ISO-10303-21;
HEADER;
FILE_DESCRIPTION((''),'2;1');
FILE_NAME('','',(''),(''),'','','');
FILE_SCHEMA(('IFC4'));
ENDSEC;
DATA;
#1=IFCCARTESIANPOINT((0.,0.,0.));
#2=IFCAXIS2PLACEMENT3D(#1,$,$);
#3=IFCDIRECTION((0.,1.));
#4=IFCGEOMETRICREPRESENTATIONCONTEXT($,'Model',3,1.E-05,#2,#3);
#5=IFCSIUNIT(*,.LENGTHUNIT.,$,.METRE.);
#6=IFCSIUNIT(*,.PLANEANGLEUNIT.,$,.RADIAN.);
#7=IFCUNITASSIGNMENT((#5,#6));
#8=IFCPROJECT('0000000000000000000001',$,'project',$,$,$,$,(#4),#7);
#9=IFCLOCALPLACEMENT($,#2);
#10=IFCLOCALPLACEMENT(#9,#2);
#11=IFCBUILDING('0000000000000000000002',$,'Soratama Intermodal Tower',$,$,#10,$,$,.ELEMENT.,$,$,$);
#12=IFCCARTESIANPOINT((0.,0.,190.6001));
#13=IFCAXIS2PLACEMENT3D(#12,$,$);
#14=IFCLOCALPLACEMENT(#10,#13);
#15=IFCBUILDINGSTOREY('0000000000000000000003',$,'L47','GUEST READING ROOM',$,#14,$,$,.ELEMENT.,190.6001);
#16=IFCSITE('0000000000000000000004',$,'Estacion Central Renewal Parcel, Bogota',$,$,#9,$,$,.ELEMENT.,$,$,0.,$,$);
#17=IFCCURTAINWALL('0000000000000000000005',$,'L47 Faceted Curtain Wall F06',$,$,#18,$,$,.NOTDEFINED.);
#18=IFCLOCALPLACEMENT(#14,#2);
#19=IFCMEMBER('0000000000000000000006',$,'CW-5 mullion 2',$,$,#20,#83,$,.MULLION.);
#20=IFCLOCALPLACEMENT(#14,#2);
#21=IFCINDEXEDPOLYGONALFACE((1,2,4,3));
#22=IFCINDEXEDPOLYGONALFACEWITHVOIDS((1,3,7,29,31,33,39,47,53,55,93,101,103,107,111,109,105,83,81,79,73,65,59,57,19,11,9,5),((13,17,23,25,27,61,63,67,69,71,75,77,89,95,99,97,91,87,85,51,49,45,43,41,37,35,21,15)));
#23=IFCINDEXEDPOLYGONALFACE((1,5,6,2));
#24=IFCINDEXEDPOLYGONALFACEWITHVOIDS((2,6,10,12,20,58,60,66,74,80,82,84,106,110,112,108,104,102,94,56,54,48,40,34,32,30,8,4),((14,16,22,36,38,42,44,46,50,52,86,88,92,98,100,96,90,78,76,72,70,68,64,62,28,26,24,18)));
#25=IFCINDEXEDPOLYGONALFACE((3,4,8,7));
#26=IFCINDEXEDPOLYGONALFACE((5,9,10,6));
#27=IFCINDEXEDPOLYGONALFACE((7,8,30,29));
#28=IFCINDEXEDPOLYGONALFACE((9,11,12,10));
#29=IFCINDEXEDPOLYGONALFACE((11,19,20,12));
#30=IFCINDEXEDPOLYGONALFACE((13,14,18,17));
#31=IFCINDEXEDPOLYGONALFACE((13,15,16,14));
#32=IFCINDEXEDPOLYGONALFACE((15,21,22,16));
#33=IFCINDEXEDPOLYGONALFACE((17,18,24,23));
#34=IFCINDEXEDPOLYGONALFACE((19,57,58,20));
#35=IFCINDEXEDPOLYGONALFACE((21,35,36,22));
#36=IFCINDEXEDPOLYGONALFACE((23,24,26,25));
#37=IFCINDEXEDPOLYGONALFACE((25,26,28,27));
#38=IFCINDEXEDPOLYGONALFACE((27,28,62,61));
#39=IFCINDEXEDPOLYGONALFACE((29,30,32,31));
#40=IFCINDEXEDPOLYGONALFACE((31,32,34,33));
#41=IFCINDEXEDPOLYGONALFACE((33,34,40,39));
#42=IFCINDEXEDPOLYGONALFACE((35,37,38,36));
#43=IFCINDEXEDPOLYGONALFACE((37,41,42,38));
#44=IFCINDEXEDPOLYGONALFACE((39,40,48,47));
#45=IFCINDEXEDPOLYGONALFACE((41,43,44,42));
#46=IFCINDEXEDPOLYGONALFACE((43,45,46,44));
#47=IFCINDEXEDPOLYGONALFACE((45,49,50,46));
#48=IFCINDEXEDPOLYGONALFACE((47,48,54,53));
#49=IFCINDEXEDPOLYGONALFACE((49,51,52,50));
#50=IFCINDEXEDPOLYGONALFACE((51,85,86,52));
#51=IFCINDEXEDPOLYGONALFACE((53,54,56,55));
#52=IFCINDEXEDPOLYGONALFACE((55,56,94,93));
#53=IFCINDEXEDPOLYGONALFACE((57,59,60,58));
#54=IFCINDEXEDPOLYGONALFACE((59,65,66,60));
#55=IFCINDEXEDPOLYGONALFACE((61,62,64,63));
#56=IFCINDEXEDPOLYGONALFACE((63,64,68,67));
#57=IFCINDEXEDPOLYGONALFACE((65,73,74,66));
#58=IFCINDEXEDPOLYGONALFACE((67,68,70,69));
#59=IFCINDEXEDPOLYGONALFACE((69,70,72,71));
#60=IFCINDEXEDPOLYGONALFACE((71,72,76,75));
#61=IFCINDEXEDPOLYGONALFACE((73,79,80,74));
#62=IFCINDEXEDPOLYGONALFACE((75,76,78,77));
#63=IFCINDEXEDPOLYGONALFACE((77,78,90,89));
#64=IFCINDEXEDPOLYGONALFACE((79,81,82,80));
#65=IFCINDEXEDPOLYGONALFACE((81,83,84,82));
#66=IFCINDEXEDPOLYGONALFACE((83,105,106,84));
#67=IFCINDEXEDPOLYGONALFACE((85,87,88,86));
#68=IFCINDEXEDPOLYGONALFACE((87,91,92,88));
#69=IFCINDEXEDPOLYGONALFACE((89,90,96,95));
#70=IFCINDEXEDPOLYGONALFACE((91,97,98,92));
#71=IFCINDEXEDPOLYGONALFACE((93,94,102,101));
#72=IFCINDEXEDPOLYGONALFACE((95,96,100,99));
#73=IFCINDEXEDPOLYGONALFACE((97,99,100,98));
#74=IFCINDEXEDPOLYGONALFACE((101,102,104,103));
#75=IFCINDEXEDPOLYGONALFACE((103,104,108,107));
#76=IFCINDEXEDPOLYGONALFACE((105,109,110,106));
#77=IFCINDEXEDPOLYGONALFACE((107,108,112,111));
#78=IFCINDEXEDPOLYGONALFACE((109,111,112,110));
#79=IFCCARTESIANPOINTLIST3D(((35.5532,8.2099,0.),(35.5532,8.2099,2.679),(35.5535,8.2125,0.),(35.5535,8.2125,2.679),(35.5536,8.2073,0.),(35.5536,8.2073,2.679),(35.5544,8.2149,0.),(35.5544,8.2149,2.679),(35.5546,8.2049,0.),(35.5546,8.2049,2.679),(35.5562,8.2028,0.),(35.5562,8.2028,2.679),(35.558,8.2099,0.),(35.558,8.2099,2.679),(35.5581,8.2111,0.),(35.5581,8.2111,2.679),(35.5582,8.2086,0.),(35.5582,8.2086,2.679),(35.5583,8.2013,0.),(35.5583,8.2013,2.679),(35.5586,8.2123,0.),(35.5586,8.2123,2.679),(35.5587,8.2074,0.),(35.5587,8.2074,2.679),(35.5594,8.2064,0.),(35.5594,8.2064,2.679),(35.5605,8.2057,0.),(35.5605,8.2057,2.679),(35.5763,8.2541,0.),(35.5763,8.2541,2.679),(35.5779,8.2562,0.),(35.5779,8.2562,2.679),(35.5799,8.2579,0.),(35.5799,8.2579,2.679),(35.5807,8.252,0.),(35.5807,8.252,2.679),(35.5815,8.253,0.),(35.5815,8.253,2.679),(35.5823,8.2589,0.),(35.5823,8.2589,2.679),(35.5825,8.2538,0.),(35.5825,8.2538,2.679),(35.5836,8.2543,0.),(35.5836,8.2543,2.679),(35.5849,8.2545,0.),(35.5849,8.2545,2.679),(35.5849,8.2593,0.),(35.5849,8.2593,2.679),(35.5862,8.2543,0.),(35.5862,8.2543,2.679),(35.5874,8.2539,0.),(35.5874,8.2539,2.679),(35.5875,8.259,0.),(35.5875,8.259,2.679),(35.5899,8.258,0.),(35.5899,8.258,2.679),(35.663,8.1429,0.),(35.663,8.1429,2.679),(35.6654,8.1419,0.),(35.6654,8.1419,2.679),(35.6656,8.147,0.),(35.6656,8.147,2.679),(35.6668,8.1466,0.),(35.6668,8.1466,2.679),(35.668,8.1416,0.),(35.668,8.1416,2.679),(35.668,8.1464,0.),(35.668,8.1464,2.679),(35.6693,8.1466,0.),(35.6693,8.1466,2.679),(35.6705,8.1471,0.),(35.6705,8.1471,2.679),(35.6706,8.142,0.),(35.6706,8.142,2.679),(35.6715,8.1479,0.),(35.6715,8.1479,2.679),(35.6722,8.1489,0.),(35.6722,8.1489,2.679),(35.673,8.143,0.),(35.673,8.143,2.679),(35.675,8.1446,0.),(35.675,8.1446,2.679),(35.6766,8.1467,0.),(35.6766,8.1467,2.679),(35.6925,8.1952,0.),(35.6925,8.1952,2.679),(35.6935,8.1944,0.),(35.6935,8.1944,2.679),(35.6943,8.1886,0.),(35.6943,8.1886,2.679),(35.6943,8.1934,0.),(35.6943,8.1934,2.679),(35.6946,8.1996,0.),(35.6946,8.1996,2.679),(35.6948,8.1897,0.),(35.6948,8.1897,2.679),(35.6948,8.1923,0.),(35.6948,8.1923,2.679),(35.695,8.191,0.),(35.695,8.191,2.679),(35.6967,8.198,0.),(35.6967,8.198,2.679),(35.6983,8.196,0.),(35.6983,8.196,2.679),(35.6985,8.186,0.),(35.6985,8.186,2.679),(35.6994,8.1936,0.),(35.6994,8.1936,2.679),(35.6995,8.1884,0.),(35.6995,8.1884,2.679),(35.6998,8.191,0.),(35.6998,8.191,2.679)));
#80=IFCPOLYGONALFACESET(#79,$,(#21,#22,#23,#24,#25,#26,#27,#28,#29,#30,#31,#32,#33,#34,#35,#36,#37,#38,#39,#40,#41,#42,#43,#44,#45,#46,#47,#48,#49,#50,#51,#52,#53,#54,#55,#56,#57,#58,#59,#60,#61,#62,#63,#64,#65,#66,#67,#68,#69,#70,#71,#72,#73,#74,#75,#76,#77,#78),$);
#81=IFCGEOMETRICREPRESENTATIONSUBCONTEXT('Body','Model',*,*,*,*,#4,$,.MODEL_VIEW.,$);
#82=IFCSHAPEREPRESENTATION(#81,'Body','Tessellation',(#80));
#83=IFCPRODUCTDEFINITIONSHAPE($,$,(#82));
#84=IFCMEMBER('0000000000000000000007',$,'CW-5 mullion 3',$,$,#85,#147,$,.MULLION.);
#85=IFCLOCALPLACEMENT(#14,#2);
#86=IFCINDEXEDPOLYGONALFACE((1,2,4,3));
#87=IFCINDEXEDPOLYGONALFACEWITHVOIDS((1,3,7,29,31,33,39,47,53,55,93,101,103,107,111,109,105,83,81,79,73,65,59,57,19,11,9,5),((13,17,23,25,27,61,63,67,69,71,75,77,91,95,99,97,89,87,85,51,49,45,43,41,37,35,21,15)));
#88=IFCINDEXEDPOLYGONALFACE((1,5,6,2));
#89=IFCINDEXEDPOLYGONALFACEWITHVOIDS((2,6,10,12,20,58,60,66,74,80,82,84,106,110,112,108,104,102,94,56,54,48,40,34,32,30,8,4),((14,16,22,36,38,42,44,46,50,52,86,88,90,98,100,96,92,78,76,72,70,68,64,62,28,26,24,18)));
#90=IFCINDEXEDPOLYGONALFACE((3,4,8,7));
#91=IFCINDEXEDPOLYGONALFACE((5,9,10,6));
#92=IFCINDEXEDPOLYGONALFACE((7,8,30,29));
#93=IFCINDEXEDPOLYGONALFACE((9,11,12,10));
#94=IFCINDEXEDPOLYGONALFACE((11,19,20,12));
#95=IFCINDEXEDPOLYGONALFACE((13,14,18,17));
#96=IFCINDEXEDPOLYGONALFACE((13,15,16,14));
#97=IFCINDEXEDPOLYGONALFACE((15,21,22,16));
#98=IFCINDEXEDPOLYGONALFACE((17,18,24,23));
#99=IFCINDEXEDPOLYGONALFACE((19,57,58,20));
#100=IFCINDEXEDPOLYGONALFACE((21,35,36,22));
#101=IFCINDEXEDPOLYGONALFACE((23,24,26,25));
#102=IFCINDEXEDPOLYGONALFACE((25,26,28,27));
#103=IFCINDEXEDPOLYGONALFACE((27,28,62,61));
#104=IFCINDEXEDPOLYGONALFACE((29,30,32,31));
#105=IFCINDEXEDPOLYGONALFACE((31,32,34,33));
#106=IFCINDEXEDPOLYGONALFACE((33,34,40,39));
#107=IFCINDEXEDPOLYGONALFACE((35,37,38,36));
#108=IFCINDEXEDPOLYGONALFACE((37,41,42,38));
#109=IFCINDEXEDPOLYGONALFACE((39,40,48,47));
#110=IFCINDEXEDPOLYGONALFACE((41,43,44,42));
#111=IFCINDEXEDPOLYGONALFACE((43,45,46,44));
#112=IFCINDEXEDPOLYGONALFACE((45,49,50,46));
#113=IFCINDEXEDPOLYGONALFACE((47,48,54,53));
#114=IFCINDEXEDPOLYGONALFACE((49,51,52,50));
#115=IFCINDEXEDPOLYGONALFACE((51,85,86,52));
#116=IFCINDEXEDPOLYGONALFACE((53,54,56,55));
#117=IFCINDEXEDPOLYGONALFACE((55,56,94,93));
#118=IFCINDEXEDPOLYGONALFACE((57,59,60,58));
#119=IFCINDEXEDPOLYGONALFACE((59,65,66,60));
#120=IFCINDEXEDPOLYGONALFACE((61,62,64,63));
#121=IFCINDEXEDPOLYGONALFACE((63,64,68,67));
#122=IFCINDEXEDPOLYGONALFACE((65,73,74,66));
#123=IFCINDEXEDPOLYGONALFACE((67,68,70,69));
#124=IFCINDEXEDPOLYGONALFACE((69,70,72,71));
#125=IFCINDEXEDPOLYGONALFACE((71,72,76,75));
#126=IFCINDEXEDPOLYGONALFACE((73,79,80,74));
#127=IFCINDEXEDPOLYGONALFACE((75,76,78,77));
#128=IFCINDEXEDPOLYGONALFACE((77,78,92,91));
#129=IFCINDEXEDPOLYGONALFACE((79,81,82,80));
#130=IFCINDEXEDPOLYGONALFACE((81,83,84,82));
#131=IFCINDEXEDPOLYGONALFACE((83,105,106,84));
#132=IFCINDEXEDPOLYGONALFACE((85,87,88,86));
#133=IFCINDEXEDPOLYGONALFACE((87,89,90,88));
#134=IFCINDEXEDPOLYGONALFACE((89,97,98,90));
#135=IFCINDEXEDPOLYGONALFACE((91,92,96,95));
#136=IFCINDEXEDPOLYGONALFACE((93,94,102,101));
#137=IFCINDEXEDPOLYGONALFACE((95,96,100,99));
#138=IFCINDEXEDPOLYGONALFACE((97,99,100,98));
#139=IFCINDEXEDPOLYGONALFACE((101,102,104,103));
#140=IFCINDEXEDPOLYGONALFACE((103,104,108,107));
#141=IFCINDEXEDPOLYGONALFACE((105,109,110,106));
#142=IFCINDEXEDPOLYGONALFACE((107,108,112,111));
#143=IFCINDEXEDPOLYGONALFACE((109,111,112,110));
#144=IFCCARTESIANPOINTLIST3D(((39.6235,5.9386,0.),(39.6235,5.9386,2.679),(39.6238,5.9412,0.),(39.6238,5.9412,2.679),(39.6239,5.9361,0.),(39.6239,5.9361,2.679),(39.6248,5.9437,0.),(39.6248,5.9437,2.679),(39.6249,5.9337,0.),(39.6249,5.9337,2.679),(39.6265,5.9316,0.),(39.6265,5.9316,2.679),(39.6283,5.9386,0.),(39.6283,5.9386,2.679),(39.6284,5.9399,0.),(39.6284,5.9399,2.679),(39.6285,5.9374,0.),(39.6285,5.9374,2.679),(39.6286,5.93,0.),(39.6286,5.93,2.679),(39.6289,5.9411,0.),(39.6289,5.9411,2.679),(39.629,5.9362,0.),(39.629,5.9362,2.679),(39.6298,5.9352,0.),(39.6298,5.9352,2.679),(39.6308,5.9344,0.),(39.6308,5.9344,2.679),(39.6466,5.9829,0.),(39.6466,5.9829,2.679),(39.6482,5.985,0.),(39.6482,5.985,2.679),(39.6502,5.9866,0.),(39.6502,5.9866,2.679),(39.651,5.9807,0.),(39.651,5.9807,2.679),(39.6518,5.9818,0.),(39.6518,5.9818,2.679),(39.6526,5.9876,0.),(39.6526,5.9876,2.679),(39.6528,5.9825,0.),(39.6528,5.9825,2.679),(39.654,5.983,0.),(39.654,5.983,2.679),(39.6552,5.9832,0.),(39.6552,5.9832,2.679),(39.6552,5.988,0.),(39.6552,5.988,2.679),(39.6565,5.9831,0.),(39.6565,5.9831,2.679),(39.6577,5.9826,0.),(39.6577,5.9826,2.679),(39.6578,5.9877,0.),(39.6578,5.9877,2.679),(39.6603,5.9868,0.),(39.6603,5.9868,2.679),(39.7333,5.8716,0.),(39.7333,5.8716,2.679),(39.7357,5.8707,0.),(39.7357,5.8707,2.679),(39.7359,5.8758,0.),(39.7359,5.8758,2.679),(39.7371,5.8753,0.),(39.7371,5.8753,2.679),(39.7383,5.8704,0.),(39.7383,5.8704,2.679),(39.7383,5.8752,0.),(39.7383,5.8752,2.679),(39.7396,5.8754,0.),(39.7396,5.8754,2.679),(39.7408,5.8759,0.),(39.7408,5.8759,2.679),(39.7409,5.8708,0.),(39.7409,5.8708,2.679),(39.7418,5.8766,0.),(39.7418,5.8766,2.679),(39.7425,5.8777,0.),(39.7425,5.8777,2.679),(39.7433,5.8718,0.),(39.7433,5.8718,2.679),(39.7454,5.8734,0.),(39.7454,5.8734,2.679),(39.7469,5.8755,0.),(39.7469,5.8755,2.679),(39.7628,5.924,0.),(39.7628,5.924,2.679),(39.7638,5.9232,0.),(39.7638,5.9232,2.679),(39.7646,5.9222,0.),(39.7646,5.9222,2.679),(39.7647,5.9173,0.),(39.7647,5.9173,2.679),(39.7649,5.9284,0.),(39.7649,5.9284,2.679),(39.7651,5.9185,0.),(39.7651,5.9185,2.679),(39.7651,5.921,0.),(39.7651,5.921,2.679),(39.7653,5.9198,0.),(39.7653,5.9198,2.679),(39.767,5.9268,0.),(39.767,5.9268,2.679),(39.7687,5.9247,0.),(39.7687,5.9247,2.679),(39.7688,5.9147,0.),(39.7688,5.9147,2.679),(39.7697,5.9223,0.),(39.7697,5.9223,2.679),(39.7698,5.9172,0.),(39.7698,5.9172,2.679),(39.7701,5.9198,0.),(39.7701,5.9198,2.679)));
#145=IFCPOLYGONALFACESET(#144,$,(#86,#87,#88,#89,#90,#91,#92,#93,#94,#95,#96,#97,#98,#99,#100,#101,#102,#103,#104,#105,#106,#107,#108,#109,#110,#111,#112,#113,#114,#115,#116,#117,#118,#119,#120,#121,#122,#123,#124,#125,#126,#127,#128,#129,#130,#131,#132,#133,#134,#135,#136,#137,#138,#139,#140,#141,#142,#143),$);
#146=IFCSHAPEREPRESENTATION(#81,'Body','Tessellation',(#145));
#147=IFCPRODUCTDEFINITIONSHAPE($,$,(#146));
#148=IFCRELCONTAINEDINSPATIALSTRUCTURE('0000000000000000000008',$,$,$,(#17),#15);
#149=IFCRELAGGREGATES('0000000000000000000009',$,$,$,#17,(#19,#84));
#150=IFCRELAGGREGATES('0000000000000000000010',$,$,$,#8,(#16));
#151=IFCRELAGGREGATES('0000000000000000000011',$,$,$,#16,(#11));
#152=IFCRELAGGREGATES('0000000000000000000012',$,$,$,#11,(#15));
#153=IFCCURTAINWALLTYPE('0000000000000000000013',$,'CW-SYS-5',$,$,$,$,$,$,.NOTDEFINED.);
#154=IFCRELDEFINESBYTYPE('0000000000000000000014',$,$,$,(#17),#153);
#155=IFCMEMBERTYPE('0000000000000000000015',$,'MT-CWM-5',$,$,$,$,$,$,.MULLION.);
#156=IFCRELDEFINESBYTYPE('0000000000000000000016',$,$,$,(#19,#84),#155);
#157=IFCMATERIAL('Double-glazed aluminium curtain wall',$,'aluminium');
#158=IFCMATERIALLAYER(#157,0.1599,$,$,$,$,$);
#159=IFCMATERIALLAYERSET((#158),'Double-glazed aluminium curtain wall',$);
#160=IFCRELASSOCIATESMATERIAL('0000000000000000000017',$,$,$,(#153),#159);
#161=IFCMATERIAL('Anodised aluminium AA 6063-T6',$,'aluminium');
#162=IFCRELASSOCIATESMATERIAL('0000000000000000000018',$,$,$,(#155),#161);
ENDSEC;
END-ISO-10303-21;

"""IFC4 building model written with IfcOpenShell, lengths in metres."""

from ifc_helpers import new_model, si_unit, direction, frame, origin, origin_2d, place, context, subcontext, project, spatial, hollow_rectangle, extrude, material, layer, layer_set, material_profile, profile_set, type_object, element, aggregate, save


model = new_model("IFC4")

# Units and contexts
model_context = context("Model", 3, precision=1e-05, world=origin(), true_north=direction((0.0, 1.0)))
body_context = subcontext(model_context, "Body", "Model", "MODEL_VIEW")
ifc_project = project(units=[si_unit("LENGTHUNIT", "METRE"), si_unit("PLANEANGLEUNIT", "RADIAN")], contexts=[model_context])

# Site, building, storey
site_placement = place(None, origin())
site = spatial("IfcSite", under=ifc_project, at=site_placement, Name="Estacion Central Renewal Parcel, Bogota", CompositionType="ELEMENT", RefElevation=0.0)
building_placement = place(site_placement, origin())
building = spatial("IfcBuilding", under=site, at=building_placement, Name="Soratama Intermodal Tower", CompositionType="ELEMENT")
storey_placement = place(building_placement, frame((0.0, 0.0, 190.6001)))
storey = spatial("IfcBuildingStorey", under=building, at=storey_placement, Name="L47", Description="GUEST READING ROOM", CompositionType="ELEMENT", Elevation=190.6001)

# Curtain wall, members
ifc_material_1 = material(Name="Double-glazed aluminium curtain wall", Category="aluminium")
ifc_layer_1 = layer(ifc_material_1, 0.1599)
ifc_layer_set_1 = layer_set([ifc_layer_1], Name="Double-glazed aluminium curtain wall")
curtain_wall_type = type_object("IfcCurtainWallType", Name="CW-SYS-5", PredefinedType="NOTDEFINED", material=ifc_layer_set_1)
curtain_wall_placement = place(storey_placement, origin())
curtain_wall = element("IfcCurtainWall", 1, at=curtain_wall_placement, inside=storey, type_object=curtain_wall_type, Name="L47 Faceted Curtain Wall F06", PredefinedType="NOTDEFINED")
ifc_material_2 = material(Name="Anodised aluminium AA 6063-T6", Category="aluminium")
ifc_material_profile_1 = material_profile(ifc_material_2, hollow_rectangle(XDim=0.0649, YDim=0.1399, WallThickness=0.0049, InnerFilletRadius=0.0049, OuterFilletRadius=0.01, at=origin_2d()), Name="CWM140X65X5")
ifc_profile_set_1 = profile_set([ifc_material_profile_1], Name="Anodised aluminium AA 6063-T6")
member_type_1 = type_object("IfcMemberType", Name="MT-CWM-5", PredefinedType="MULLION", material=ifc_profile_set_1)
member_1_placement = place(storey_placement, frame((35.6265, 8.2004, 0.0), z_axis=(0.0, 0.0, 1.0), x_axis=(0.487253, 0.873261, 0.0)))
member_1 = element("IfcMember", 2, at=member_1_placement, type_object=member_type_1, Name="CW-5 mullion 2", PredefinedType="MULLION", context=body_context, shape_type="SweptSolid", body=[
    extrude(hollow_rectangle(XDim=0.0649, YDim=0.1399, WallThickness=0.0049, InnerFilletRadius=0.0049, OuterFilletRadius=0.01, at=origin_2d()), origin(), (0.0, 0.0, 1.0), 2.679),
])
member_2_placement = place(storey_placement, frame((39.6968, 5.9292, 0.0), z_axis=(0.0, 0.0, 1.0), x_axis=(0.487253, 0.873261, 0.0)))
member_2 = element("IfcMember", 3, at=member_2_placement, type_object=member_type_1, Name="CW-5 mullion 3", PredefinedType="MULLION", context=body_context, shape_type="SweptSolid", body=[
    extrude(hollow_rectangle(XDim=0.0649, YDim=0.1399, WallThickness=0.0049, InnerFilletRadius=0.0049, OuterFilletRadius=0.01, at=origin_2d()), origin(), (0.0, 0.0, 1.0), 2.679),
])
aggregate(curtain_wall, [member_1, member_2])

save(model, "model.ifc")
